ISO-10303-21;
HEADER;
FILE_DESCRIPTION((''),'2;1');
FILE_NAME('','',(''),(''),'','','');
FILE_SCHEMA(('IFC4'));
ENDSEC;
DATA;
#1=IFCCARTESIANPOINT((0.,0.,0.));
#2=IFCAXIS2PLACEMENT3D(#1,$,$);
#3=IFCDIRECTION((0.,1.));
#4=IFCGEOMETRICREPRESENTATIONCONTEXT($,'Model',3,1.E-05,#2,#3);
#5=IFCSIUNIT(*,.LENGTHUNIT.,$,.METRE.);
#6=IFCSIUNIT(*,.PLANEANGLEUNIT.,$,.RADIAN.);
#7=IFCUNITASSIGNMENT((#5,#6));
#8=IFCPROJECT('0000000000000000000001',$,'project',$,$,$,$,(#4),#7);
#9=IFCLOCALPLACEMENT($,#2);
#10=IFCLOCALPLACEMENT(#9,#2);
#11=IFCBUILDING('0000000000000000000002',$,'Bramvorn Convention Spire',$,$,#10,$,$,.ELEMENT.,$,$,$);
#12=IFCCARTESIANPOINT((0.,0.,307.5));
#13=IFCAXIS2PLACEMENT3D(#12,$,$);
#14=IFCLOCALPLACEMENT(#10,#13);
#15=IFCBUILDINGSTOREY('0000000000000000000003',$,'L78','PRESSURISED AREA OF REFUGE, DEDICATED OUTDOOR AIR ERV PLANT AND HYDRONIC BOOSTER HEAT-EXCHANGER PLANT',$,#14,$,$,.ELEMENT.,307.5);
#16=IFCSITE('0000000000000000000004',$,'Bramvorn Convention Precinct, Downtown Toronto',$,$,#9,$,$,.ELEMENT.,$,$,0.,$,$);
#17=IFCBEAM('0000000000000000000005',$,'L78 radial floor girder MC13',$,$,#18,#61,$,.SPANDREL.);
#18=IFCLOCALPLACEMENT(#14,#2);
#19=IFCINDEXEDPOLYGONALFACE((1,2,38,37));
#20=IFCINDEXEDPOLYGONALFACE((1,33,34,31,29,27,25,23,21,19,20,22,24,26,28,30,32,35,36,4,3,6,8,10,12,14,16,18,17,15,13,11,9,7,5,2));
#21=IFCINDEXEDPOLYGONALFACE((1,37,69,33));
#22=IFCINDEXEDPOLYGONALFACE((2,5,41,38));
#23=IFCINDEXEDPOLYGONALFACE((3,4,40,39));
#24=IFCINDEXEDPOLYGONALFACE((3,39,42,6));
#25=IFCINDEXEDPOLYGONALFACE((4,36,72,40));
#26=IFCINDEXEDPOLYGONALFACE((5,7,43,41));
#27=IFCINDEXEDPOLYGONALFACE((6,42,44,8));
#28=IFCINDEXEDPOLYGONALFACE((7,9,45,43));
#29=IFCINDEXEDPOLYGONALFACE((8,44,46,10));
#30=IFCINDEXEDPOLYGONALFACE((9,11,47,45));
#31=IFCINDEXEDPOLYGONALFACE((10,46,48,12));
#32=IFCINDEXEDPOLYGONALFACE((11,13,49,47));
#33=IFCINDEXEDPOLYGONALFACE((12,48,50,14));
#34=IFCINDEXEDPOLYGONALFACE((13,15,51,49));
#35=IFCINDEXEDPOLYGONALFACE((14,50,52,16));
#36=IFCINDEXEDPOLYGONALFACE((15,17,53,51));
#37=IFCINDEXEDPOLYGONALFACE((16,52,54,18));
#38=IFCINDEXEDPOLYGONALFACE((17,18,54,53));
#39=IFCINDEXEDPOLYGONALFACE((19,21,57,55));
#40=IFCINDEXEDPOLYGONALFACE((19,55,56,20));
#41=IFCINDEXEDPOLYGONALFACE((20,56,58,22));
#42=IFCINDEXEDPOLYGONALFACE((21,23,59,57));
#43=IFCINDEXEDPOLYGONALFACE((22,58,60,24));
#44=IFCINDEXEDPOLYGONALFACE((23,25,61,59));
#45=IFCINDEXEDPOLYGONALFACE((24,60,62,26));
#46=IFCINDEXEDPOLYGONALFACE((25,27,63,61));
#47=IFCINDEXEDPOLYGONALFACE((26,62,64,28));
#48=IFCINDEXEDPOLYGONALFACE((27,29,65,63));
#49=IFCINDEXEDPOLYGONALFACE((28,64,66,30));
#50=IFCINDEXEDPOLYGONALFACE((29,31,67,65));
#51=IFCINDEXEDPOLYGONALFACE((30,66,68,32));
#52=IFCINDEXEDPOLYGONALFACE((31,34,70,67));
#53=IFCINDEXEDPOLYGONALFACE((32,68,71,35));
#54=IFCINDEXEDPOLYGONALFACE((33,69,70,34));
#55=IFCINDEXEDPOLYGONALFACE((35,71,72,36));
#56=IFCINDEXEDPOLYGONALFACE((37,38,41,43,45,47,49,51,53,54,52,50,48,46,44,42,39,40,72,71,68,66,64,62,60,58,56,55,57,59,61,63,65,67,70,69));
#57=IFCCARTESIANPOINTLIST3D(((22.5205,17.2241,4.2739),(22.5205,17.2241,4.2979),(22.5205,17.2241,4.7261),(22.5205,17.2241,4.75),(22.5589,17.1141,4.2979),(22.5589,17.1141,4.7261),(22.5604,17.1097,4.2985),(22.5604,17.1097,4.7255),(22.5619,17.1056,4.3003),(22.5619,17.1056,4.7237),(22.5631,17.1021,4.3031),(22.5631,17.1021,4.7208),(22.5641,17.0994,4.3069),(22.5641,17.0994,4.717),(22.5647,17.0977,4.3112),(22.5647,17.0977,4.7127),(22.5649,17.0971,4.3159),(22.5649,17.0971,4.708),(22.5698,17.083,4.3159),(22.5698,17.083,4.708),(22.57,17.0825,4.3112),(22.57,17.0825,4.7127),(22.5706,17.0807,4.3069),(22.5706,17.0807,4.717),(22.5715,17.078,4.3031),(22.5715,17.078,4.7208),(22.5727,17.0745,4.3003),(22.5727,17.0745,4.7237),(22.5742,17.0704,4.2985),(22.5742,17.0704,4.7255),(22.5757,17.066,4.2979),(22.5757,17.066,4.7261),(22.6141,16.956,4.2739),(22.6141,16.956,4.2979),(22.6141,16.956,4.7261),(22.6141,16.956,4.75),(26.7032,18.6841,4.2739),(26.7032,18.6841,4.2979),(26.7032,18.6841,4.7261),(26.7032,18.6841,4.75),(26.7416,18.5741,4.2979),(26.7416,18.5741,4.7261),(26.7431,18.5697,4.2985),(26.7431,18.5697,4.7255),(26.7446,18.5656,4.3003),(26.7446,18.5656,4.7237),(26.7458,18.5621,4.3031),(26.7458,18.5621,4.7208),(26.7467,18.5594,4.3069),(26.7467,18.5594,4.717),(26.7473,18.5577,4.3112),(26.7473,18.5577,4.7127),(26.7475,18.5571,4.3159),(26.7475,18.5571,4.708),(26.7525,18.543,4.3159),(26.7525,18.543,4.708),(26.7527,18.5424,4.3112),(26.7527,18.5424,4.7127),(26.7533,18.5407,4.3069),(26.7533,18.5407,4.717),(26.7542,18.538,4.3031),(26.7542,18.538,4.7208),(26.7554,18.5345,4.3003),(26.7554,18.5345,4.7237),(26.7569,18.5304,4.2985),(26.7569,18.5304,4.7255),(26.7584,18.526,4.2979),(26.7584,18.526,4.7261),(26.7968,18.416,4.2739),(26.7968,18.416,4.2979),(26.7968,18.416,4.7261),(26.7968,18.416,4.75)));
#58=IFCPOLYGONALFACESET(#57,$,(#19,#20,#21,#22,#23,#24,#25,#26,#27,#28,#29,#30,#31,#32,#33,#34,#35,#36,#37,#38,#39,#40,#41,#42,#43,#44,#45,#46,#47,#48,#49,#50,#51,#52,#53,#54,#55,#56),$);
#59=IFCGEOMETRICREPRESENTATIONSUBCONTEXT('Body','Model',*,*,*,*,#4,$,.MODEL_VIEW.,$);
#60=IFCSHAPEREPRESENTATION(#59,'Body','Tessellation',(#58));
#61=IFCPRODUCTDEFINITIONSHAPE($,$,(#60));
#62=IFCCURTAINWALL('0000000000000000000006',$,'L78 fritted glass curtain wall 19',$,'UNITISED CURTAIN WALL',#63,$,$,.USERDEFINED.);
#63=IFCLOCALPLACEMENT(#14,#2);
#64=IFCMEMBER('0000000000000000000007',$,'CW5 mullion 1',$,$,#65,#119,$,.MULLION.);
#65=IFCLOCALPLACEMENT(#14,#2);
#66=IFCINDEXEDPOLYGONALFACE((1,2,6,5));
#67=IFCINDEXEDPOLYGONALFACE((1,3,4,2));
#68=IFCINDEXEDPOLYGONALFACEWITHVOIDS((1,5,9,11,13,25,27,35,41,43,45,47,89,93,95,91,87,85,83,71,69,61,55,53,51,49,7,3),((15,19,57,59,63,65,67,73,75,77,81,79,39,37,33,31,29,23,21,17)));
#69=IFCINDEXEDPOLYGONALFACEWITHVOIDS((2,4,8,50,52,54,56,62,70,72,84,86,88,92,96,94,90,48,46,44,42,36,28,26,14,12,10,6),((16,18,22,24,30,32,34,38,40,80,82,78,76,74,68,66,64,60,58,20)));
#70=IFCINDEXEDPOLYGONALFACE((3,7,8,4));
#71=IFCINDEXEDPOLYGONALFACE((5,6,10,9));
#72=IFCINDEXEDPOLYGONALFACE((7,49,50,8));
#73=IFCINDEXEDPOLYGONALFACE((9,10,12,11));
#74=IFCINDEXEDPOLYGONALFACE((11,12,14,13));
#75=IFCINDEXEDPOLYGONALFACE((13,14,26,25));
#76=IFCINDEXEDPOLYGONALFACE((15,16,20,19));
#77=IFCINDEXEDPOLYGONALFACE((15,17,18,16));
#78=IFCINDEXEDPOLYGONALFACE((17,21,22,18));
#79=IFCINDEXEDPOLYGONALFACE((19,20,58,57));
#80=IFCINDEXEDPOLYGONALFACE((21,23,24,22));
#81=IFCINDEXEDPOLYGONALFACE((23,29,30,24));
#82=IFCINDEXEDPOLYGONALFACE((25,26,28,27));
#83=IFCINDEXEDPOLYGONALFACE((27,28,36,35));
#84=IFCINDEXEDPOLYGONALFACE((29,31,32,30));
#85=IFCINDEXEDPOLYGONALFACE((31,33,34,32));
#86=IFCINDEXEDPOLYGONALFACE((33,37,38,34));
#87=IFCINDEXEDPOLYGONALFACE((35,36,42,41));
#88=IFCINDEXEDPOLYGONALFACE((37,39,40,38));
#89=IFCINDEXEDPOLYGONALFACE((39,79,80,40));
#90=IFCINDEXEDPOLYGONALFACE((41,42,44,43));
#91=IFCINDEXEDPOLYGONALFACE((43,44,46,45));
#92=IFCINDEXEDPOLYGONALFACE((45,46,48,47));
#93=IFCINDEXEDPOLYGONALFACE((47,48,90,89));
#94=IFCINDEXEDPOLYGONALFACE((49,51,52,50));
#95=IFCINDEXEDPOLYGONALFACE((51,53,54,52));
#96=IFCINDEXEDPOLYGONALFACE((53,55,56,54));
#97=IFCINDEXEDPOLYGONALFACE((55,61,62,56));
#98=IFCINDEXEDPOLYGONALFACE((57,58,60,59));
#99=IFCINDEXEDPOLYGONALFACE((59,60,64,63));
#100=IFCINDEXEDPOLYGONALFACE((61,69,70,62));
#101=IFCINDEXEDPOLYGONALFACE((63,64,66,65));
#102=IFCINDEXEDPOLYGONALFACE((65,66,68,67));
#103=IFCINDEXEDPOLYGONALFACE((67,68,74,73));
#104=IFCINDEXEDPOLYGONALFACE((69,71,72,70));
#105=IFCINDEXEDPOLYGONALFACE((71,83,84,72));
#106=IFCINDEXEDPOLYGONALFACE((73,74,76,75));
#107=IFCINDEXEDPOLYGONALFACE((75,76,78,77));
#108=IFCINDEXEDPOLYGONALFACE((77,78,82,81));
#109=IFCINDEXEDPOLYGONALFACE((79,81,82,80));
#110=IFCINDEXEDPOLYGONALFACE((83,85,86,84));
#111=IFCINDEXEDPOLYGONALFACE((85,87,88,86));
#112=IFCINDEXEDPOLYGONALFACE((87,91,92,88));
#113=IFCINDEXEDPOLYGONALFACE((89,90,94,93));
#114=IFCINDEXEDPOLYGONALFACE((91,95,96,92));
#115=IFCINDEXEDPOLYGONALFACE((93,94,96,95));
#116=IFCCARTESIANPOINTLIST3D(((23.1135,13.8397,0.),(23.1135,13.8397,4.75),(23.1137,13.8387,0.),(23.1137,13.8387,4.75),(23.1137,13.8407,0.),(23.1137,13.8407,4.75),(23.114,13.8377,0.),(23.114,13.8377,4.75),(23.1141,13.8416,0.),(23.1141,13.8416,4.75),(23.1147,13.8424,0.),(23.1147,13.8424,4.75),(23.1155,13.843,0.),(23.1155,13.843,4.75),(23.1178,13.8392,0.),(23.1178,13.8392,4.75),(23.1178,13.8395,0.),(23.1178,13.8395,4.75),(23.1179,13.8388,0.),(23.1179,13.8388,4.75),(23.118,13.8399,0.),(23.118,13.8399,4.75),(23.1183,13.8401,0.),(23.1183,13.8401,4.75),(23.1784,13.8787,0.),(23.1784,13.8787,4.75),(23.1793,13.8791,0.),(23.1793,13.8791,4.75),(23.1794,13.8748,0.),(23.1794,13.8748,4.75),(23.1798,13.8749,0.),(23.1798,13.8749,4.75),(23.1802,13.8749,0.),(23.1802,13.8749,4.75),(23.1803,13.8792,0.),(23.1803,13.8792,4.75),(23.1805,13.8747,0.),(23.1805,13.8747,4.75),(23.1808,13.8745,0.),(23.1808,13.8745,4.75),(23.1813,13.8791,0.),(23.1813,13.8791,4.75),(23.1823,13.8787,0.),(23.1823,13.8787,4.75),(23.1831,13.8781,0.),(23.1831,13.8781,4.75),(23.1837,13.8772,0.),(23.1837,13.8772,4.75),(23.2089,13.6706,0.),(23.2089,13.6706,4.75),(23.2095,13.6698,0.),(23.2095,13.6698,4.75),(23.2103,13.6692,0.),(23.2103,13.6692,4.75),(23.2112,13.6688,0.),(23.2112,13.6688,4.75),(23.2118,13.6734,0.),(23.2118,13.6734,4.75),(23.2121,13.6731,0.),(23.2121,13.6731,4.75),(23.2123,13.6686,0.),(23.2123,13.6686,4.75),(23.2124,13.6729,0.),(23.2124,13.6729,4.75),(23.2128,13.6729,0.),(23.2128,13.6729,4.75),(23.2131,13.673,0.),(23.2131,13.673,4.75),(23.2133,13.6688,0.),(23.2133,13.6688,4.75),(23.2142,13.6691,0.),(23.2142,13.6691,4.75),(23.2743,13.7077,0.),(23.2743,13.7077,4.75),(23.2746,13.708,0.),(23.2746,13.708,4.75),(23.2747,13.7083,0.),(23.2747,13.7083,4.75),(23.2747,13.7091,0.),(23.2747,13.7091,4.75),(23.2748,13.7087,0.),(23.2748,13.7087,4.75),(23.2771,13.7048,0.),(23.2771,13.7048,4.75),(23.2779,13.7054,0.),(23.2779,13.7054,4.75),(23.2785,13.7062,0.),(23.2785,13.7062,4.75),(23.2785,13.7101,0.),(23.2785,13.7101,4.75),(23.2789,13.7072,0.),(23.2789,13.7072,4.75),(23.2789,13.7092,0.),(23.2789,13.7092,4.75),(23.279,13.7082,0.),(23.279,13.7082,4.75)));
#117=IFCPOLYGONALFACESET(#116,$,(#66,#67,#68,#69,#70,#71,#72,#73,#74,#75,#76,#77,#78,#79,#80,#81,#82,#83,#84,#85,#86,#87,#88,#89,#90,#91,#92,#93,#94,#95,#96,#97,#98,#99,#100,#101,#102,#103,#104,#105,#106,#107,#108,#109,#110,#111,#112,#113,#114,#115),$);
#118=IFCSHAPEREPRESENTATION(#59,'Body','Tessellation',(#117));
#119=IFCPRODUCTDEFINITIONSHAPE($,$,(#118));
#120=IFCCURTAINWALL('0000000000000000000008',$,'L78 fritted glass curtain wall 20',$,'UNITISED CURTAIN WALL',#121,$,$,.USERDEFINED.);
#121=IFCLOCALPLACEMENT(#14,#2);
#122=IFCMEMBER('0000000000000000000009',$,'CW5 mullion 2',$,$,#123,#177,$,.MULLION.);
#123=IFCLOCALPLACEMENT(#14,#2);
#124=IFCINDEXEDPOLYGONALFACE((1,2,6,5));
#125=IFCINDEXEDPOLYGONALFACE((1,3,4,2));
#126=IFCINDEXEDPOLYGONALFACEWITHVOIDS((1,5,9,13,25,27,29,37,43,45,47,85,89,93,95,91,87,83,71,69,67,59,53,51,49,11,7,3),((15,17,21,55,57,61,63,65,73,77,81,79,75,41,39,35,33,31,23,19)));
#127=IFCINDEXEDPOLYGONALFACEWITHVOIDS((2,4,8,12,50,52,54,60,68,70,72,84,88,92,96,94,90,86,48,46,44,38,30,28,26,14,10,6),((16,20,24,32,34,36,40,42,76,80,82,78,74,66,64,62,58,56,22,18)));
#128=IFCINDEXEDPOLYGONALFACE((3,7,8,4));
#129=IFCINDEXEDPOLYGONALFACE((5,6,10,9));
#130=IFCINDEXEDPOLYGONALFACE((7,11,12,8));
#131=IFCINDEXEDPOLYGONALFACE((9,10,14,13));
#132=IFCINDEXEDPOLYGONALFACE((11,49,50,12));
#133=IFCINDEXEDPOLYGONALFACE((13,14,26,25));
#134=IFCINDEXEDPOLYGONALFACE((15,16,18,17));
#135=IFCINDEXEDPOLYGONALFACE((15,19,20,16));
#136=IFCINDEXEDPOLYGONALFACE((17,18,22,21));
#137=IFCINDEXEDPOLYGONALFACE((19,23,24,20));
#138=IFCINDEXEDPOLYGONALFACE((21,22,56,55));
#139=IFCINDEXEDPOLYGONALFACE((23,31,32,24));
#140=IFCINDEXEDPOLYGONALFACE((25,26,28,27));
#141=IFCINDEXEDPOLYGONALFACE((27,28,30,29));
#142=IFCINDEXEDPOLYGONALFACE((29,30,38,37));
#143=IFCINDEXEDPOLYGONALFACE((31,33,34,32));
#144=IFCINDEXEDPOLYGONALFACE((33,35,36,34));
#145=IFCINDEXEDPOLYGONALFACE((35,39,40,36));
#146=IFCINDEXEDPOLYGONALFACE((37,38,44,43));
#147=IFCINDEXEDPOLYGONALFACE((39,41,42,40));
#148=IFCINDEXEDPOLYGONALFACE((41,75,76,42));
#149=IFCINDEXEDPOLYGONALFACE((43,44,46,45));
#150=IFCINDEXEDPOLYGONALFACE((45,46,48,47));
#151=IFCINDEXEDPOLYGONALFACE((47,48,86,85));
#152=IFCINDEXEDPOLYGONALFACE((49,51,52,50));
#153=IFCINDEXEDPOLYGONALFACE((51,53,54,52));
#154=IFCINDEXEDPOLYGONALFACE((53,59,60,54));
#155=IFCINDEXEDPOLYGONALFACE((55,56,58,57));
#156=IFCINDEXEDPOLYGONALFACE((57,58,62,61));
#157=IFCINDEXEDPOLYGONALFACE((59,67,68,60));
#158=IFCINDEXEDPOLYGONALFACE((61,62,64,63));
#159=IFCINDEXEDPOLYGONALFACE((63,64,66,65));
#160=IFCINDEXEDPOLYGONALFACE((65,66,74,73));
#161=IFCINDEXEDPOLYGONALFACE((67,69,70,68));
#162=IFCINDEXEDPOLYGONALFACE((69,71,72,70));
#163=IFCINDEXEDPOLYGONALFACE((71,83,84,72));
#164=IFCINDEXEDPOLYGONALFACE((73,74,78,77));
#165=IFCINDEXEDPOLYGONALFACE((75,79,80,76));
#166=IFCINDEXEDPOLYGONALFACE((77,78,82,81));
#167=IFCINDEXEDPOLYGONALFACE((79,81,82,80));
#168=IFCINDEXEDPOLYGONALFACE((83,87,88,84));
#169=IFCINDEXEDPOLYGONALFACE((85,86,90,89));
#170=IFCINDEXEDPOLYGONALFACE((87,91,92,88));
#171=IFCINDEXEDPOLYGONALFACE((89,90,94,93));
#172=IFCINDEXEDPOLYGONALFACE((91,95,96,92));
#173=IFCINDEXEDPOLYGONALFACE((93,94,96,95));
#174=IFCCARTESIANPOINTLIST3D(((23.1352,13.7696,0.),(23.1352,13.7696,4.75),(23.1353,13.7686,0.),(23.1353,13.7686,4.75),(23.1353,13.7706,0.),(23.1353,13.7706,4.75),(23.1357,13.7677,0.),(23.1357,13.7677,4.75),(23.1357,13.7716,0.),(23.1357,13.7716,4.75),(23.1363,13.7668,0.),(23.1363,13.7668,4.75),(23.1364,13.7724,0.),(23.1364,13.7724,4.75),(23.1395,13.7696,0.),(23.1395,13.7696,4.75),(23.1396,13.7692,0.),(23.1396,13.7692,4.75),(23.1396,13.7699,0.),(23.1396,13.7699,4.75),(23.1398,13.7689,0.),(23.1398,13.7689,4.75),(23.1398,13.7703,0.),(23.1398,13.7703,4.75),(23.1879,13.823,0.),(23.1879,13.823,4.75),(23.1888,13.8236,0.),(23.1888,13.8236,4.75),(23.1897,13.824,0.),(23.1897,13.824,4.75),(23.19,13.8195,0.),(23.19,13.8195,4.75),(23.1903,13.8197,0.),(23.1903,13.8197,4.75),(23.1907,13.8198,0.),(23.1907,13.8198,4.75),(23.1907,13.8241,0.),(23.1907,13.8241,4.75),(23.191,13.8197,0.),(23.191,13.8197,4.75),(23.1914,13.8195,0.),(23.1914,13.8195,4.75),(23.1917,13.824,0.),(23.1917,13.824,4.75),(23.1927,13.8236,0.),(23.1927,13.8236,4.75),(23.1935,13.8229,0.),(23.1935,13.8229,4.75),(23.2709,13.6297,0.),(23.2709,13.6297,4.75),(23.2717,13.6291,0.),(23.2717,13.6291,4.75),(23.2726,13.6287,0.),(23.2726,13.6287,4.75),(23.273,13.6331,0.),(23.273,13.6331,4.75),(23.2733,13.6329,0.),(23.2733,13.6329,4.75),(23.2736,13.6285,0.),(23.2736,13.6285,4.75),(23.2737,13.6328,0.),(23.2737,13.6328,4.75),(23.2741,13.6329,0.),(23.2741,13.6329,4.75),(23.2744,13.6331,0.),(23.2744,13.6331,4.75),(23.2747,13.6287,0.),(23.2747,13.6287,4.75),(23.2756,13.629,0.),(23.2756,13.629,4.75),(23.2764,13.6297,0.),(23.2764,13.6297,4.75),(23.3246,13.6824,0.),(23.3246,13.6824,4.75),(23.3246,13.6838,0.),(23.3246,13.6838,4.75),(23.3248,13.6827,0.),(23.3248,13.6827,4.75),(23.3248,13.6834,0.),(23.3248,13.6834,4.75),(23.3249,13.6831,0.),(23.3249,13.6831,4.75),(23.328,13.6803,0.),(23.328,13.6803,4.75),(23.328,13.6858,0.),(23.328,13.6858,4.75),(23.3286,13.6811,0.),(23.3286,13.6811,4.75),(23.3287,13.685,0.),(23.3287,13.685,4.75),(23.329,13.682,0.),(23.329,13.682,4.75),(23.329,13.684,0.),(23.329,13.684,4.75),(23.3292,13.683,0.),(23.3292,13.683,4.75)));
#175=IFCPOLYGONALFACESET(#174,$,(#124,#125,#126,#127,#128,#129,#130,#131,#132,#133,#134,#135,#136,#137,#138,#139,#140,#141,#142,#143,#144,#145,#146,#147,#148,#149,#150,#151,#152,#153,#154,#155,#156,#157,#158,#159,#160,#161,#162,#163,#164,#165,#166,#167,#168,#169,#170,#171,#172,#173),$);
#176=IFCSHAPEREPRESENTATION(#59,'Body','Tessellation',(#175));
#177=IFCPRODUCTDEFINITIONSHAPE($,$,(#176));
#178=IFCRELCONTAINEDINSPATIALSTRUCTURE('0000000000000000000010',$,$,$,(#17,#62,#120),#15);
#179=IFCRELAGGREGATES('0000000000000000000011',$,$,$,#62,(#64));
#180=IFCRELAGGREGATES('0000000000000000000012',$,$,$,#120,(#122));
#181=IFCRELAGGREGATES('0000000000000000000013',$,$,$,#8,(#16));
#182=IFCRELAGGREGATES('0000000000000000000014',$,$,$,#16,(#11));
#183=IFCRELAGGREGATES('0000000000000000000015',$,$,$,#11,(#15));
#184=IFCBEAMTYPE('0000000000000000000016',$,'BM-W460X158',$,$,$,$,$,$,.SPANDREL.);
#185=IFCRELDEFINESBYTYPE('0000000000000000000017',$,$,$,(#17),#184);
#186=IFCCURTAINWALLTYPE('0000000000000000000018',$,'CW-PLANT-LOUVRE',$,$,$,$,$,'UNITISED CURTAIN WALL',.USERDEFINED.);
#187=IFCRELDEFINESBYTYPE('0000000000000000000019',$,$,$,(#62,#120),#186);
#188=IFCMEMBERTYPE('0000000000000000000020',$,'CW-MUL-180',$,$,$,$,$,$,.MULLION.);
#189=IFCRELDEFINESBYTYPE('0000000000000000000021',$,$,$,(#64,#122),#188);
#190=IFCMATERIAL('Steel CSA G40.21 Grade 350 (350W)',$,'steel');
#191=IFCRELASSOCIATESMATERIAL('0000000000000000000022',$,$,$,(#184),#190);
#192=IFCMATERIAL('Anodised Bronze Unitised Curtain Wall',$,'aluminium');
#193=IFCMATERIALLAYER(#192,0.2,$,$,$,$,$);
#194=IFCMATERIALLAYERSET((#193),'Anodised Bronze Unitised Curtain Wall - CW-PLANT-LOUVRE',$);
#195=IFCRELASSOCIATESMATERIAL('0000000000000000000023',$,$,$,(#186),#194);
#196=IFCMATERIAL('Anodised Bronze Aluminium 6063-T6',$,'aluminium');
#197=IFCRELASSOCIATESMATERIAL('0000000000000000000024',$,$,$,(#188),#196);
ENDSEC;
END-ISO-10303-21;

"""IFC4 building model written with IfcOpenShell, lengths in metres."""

from ifc_helpers import new_model, si_unit, direction, frame, origin, origin_2d, place, context, subcontext, project, spatial, hollow_rectangle, i_section, extrude, material, layer, layer_set, material_profile, profile_set, type_object, element, aggregate, save


model = new_model("IFC4")

# Units and contexts
model_context = context("Model", 3, precision=1e-05, world=origin(), true_north=direction((0.0, 1.0)))
body_context = subcontext(model_context, "Body", "Model", "MODEL_VIEW")
ifc_project = project(units=[si_unit("LENGTHUNIT", "METRE"), si_unit("PLANEANGLEUNIT", "RADIAN")], contexts=[model_context])

# Site, building, storey
site_placement = place(None, origin())
site = spatial("IfcSite", under=ifc_project, at=site_placement, Name="Bramvorn Convention Precinct, Downtown Toronto", CompositionType="ELEMENT", RefElevation=0.0)
building_placement = place(site_placement, origin())
building = spatial("IfcBuilding", under=site, at=building_placement, Name="Bramvorn Convention Spire", CompositionType="ELEMENT")
storey_placement = place(building_placement, frame((0.0, 0.0, 307.5)))
storey = spatial("IfcBuildingStorey", under=building, at=storey_placement, Name="L78", Description="PRESSURISED AREA OF REFUGE, DEDICATED OUTDOOR AIR ERV PLANT AND HYDRONIC BOOSTER HEAT-EXCHANGER PLANT", CompositionType="ELEMENT", Elevation=307.5)

# Shared definitions
ifc_material_1 = material(Name="Steel CSA G40.21 Grade 350 (350W)", Category="steel")

# Beam
ifc_material_profile_1 = material_profile(ifc_material_1, i_section(OverallWidth=0.2839, OverallDepth=0.4761, WebThickness=0.0149, FlangeThickness=0.0239, FilletRadius=0.0181, at=origin_2d()))
ifc_profile_set_1 = profile_set([ifc_material_profile_1], Name="Steel CSA G40.21 Grade 350 (350W) - W460X158")
beam_type_1 = type_object("IfcBeamType", Name="BM-W460X158", PredefinedType="SPANDREL", material=ifc_profile_set_1)
beam_1_placement = place(storey_placement, frame((26.75, 18.55, 4.512), z_axis=(-0.944136, -0.329555, 0.0), x_axis=(0.329555, -0.944136, 0.0)))
element("IfcBeam", 1, at=beam_1_placement, inside=storey, type_object=beam_type_1, Name="L78 radial floor girder MC13", PredefinedType="SPANDREL", context=body_context, shape_type="SweptSolid", body=[
    extrude(i_section(OverallWidth=0.2839, OverallDepth=0.4761, WebThickness=0.0149, FlangeThickness=0.0239, FilletRadius=0.0181, at=origin_2d()), origin(), (0.0, 0.0, 1.0), 4.4302),
])

# Curtain wall, member
ifc_material_2 = material(Name="Anodised Bronze Unitised Curtain Wall", Category="aluminium")
ifc_layer_1 = layer(ifc_material_2, 0.2)
ifc_layer_set_1 = layer_set([ifc_layer_1], Name="Anodised Bronze Unitised Curtain Wall - CW-PLANT-LOUVRE")
curtain_wall_type = type_object("IfcCurtainWallType", Name="CW-PLANT-LOUVRE", ElementType="UNITISED CURTAIN WALL", PredefinedType="USERDEFINED", material=ifc_layer_set_1)
curtain_wall_1_placement = place(storey_placement, origin())
curtain_wall_1 = element("IfcCurtainWall", 2, at=curtain_wall_1_placement, inside=storey, type_object=curtain_wall_type, Name="L78 fritted glass curtain wall 19", ObjectType="UNITISED CURTAIN WALL", PredefinedType="USERDEFINED")
ifc_material_3 = material(Name="Anodised Bronze Aluminium 6063-T6", Category="aluminium")
ifc_material_profile_2 = material_profile(ifc_material_3, hollow_rectangle(XDim=0.0801, YDim=0.2, WallThickness=0.0039, InnerFilletRadius=0.001, OuterFilletRadius=0.0039, at=origin_2d()))
ifc_profile_set_2 = profile_set([ifc_material_profile_2], Name="Anodised Bronze Aluminium 6063-T6 - CWM80X200")
member_type_1 = type_object("IfcMemberType", Name="CW-MUL-180", PredefinedType="MULLION", material=ifc_profile_set_2)
member_1_placement = place(storey_placement, frame((23.1963, 13.7739, 0.0), z_axis=(0.0, 0.0, 1.0), x_axis=(-0.869676, -0.493623, 0.0)))
member_1 = element("IfcMember", 3, at=member_1_placement, type_object=member_type_1, Name="CW5 mullion 1", PredefinedType="MULLION", context=body_context, shape_type="SweptSolid", body=[
    extrude(hollow_rectangle(XDim=0.0801, YDim=0.2, WallThickness=0.0039, InnerFilletRadius=0.001, OuterFilletRadius=0.0039, at=origin_2d()), origin(), (0.0, 0.0, 1.0), 4.75),
])
aggregate(curtain_wall_1, [member_1])

# Curtain wall, member
curtain_wall_2_placement = place(storey_placement, origin())
curtain_wall_2 = element("IfcCurtainWall", 4, at=curtain_wall_2_placement, inside=storey, type_object=curtain_wall_type, Name="L78 fritted glass curtain wall 20", ObjectType="UNITISED CURTAIN WALL", PredefinedType="USERDEFINED")
member_2_placement = place(storey_placement, frame((23.2322, 13.7263, 0.0), z_axis=(0.0, 0.0, 1.0), x_axis=(-0.713709, -0.700442, 0.0)))
member_2 = element("IfcMember", 5, at=member_2_placement, type_object=member_type_1, Name="CW5 mullion 2", PredefinedType="MULLION", context=body_context, shape_type="SweptSolid", body=[
    extrude(hollow_rectangle(XDim=0.0801, YDim=0.2, WallThickness=0.0039, InnerFilletRadius=0.001, OuterFilletRadius=0.0039, at=origin_2d()), origin(), (0.0, 0.0, 1.0), 4.75),
])
aggregate(curtain_wall_2, [member_2])

save(model, "model.ifc")
